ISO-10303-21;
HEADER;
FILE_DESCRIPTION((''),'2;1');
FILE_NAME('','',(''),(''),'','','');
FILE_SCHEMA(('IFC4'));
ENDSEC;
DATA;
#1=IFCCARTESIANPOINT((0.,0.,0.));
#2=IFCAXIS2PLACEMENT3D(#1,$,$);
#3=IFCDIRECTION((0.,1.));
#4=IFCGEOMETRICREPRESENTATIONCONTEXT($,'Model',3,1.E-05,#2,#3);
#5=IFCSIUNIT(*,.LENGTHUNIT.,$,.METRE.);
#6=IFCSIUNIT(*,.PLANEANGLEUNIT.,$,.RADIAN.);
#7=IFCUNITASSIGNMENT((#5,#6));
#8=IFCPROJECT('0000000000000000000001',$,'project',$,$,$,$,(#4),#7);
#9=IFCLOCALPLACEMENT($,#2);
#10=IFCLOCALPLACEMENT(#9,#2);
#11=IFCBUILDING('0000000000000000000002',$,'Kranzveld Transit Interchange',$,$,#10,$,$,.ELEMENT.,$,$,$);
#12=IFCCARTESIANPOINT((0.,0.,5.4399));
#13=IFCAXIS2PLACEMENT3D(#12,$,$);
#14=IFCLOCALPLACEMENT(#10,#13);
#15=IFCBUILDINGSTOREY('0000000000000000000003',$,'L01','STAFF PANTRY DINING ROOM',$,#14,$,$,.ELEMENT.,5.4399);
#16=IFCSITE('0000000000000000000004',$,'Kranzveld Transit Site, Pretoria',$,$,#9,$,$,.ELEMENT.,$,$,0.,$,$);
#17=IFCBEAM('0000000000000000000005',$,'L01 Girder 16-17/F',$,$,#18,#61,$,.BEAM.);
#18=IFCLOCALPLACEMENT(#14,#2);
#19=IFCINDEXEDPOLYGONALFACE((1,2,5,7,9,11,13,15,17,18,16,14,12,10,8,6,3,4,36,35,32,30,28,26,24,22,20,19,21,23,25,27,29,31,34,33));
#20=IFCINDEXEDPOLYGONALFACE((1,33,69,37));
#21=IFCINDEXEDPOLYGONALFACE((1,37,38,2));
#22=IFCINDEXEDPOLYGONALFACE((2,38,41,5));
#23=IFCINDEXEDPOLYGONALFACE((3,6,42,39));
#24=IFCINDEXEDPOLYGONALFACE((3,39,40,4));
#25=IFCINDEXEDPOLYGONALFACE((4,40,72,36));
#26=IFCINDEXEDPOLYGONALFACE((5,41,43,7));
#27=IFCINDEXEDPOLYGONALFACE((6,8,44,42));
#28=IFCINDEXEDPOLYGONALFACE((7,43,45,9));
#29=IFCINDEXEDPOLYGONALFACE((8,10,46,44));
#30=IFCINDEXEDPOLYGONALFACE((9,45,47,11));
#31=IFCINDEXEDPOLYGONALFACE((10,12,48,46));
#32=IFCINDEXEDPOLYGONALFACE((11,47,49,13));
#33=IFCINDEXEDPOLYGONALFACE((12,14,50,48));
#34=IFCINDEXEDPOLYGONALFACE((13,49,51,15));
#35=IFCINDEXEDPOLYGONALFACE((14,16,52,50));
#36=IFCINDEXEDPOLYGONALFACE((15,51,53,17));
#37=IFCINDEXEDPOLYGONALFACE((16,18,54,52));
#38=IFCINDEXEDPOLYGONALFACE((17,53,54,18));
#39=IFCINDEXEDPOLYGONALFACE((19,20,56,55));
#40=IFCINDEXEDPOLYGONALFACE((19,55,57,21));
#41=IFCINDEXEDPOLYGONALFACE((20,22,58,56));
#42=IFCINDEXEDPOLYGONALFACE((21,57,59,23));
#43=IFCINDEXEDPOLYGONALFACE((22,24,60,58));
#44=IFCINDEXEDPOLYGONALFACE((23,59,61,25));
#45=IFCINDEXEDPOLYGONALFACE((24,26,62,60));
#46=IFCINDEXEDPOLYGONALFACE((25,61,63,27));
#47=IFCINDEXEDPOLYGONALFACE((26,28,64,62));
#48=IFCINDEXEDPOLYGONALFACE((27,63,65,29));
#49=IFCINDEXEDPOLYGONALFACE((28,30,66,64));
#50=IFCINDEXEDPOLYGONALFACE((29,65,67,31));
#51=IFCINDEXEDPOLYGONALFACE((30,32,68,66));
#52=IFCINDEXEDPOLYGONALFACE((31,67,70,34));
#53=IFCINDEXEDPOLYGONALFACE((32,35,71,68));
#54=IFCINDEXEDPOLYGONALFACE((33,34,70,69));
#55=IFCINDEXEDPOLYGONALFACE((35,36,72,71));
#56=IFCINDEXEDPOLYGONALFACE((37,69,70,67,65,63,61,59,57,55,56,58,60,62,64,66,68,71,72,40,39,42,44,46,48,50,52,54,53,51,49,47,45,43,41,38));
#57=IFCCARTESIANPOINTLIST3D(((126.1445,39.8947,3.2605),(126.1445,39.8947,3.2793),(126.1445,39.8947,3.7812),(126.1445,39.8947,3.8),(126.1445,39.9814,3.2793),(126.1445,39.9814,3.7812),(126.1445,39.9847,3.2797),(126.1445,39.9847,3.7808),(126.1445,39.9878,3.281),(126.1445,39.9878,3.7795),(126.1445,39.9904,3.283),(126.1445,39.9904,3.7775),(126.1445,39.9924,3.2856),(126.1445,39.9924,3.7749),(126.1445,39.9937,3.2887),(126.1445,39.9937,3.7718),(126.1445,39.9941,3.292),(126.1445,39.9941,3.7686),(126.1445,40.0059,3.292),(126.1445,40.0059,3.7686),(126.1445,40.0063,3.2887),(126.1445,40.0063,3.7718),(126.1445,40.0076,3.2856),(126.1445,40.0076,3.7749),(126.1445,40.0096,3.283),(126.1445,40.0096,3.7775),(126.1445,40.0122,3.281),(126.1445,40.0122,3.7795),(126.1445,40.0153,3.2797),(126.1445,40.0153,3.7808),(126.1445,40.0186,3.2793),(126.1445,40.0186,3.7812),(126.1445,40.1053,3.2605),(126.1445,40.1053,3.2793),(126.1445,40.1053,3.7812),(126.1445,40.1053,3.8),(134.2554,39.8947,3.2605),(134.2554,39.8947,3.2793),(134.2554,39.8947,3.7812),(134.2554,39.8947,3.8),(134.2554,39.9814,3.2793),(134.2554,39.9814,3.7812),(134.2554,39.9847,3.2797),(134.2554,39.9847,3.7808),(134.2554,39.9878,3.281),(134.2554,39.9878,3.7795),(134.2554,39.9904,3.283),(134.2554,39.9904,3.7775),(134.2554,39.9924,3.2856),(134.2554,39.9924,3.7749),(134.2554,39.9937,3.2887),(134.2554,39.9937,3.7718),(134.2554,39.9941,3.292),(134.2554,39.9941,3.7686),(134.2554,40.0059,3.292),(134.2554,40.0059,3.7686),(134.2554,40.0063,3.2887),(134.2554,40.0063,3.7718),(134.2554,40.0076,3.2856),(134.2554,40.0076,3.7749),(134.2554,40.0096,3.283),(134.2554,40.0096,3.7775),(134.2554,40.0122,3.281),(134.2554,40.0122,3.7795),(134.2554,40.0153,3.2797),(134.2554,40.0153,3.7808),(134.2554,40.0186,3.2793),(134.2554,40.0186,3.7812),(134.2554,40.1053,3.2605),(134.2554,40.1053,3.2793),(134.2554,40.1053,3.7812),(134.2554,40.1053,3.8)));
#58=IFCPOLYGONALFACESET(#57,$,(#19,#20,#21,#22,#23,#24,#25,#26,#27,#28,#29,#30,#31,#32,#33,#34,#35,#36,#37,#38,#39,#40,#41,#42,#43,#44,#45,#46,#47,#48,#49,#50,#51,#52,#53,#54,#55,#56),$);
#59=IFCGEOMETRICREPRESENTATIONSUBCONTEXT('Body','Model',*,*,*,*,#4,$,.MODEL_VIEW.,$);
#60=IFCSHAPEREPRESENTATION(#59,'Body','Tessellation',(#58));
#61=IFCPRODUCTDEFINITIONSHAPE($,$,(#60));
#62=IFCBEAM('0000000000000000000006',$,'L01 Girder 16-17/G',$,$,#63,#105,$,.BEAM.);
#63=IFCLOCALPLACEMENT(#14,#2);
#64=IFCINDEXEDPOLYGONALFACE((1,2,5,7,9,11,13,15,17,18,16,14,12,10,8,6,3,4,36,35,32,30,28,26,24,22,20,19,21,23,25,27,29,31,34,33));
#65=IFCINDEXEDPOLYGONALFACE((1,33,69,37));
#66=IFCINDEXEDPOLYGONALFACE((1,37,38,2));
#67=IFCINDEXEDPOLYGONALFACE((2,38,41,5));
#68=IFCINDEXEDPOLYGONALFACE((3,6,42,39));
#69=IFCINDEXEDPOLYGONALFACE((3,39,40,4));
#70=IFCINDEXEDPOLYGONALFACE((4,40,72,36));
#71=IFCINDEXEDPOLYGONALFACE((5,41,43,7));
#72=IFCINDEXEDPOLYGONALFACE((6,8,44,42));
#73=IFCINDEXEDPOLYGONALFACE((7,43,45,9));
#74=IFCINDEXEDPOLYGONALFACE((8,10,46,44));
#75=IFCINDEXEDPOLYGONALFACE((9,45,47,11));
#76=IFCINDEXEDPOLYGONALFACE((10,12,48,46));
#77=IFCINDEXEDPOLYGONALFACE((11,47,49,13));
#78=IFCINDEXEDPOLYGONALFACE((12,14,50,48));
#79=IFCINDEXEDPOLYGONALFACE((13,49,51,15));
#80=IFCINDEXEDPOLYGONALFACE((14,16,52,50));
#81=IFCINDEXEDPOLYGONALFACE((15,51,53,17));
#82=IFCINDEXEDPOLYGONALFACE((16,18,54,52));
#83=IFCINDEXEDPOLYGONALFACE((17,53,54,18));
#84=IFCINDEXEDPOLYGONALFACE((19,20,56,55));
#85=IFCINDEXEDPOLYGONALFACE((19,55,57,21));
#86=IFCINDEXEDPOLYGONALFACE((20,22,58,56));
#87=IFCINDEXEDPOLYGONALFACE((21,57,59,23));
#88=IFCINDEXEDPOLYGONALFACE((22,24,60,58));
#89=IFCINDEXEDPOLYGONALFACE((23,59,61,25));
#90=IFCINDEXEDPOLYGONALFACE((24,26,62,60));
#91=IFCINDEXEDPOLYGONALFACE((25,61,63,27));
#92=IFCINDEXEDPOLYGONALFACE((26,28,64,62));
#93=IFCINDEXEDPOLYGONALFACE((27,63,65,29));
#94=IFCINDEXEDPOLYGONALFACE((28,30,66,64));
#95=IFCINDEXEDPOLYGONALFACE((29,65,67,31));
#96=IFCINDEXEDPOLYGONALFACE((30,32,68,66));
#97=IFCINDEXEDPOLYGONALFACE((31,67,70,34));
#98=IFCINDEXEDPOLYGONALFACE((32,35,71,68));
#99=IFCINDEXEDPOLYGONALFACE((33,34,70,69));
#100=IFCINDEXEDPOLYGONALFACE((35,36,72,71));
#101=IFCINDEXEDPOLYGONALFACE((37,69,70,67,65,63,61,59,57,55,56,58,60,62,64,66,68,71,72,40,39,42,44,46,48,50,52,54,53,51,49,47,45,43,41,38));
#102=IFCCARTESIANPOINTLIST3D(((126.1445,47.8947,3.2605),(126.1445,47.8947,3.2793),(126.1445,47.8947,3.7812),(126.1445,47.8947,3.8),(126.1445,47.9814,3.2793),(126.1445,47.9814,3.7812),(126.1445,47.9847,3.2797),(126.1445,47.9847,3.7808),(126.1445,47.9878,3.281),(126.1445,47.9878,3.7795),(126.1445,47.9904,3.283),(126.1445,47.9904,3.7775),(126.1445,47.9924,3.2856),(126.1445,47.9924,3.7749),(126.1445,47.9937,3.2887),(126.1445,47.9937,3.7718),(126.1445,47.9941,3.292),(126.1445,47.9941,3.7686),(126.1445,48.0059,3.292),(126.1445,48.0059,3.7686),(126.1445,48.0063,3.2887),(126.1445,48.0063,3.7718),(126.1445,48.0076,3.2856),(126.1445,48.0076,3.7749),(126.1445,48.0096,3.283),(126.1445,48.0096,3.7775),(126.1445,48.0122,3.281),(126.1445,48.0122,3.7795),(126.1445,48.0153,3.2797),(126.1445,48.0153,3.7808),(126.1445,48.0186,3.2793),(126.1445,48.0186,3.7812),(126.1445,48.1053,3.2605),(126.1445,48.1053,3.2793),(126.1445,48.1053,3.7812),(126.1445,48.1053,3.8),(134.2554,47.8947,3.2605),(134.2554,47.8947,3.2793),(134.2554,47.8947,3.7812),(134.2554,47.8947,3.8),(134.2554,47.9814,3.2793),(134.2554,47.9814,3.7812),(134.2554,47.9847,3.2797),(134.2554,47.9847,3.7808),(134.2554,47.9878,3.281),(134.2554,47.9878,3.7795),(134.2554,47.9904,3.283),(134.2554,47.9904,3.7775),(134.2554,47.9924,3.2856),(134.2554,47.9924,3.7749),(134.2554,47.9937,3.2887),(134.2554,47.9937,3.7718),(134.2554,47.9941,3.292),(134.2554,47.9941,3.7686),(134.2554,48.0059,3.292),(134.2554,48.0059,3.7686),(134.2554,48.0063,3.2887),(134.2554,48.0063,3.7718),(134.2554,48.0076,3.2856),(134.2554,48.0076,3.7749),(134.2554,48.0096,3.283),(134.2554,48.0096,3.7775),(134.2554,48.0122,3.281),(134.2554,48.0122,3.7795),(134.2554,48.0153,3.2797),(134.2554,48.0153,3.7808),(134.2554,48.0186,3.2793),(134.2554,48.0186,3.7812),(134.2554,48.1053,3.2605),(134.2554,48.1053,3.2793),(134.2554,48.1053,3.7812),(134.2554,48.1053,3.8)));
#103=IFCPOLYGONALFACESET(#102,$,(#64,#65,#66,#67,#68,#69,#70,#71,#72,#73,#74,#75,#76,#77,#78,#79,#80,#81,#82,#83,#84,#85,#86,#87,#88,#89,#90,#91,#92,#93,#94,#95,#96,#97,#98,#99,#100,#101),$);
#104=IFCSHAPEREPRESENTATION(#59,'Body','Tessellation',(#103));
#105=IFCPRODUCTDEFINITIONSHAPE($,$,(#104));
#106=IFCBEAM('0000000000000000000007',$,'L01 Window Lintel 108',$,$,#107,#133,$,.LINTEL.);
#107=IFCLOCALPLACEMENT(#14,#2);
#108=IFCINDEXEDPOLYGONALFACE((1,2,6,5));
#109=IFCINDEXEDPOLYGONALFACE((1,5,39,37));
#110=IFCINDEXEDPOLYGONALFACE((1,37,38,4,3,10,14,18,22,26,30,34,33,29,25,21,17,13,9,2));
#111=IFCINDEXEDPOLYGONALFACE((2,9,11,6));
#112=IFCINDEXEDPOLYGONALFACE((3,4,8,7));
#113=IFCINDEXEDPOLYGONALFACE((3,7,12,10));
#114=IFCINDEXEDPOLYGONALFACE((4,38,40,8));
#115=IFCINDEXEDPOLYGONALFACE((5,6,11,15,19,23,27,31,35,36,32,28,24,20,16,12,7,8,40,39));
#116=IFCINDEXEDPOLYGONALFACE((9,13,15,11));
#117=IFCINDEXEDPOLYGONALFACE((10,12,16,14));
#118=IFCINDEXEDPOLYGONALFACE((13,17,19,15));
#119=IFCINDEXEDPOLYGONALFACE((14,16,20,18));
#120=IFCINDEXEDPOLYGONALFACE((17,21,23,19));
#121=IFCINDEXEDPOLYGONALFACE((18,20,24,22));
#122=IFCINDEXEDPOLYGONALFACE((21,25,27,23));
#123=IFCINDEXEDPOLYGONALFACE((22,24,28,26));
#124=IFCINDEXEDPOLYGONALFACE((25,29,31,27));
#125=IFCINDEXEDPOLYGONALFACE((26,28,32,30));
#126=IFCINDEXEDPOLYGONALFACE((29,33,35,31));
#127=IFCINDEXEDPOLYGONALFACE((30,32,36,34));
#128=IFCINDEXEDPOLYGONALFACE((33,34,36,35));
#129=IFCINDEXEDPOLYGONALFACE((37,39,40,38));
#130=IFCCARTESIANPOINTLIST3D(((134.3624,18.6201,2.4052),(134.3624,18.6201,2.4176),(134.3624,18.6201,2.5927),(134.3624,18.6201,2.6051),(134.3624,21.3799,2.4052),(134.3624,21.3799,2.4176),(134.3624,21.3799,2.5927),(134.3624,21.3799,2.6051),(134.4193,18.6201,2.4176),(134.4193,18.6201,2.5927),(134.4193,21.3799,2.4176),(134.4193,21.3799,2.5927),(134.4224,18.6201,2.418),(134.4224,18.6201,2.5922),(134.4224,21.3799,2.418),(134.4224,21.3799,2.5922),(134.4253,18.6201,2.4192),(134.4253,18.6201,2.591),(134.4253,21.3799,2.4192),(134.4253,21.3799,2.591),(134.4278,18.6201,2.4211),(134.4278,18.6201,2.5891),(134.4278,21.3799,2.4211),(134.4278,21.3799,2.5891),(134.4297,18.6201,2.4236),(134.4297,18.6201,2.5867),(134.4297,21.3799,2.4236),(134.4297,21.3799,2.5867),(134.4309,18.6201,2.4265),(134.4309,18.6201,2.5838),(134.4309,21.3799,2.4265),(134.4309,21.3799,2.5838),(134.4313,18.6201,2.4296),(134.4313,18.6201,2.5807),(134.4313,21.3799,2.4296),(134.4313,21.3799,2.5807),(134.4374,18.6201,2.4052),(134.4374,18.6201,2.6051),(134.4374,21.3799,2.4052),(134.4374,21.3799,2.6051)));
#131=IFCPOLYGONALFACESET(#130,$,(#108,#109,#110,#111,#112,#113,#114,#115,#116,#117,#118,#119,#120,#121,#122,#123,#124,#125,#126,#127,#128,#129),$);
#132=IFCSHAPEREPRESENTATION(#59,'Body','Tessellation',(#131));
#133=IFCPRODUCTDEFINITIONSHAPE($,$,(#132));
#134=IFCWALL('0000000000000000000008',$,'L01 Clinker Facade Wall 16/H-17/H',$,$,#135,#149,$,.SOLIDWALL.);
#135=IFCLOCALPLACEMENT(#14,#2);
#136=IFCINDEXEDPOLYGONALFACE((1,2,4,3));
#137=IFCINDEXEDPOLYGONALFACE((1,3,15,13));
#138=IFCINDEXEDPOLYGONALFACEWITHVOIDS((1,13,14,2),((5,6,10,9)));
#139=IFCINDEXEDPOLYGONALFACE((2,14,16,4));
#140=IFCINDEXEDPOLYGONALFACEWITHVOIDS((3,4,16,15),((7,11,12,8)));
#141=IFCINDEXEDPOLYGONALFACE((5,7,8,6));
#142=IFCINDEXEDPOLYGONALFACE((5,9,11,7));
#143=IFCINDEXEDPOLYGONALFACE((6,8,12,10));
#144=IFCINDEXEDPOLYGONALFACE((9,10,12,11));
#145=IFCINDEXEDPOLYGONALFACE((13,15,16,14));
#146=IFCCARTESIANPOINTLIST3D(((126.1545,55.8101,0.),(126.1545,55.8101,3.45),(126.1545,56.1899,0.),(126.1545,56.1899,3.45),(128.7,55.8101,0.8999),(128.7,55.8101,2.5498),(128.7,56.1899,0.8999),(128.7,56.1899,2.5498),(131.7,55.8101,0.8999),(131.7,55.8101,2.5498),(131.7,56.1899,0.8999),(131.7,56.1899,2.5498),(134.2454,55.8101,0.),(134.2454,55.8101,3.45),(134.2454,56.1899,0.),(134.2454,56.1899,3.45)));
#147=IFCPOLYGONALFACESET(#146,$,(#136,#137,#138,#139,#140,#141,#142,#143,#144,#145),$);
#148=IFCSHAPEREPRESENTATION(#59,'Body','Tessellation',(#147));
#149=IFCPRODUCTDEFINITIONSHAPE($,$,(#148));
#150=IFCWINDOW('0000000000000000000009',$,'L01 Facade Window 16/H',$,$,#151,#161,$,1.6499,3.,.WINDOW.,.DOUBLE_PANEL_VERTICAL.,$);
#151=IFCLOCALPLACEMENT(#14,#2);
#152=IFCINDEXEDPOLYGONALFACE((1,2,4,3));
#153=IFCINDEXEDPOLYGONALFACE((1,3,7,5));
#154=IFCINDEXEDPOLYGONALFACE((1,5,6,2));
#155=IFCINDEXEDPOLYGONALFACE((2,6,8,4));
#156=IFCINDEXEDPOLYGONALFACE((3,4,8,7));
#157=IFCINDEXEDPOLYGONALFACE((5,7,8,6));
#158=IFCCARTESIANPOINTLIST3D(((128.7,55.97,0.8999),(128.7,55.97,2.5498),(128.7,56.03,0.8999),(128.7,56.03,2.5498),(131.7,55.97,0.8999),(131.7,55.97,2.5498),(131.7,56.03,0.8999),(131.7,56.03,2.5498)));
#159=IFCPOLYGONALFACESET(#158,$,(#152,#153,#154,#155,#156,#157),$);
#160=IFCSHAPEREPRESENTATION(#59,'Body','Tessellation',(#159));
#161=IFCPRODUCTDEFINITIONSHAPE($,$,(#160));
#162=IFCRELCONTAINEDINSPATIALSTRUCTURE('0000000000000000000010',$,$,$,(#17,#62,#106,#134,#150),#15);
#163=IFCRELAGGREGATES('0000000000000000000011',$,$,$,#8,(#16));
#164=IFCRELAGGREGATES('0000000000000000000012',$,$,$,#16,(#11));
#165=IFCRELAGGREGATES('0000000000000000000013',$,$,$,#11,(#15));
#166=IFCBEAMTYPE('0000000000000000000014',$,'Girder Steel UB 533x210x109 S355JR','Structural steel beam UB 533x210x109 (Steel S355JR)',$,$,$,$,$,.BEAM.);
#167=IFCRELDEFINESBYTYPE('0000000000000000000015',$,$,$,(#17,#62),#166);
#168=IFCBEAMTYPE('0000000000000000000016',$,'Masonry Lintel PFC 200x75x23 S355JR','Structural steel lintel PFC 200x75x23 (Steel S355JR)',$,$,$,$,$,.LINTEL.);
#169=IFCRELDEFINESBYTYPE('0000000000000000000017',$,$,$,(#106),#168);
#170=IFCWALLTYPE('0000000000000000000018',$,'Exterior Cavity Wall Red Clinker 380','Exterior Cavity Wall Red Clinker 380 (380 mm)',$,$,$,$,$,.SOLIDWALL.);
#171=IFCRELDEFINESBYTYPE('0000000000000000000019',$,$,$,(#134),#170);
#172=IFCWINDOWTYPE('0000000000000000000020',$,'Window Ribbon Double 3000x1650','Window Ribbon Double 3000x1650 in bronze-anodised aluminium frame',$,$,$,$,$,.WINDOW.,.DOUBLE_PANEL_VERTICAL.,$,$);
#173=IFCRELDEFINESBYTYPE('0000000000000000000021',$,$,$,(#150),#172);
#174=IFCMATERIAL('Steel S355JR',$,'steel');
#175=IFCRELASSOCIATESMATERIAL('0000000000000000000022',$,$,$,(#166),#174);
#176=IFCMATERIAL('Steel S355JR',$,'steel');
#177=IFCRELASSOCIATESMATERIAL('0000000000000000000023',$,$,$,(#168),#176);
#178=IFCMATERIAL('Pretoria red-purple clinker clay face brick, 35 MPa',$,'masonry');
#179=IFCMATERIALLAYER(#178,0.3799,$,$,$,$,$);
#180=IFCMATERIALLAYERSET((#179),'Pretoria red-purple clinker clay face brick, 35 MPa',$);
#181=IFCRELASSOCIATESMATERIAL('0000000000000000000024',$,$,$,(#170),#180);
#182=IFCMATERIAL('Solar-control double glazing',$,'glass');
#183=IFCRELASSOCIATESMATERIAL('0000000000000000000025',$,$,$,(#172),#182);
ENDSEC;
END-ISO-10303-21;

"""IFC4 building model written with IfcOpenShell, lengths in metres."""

from ifc_helpers import new_model, si_unit, direction, frame, frame_2d, origin, origin_2d, place, context, subcontext, project, spatial, rectangle, i_section, u_section, extrude, material, layer, layer_set, material_profile, profile_set, type_object, element, fill, save


model = new_model("IFC4")

# Units and contexts
model_context = context("Model", 3, precision=1e-05, world=origin(), true_north=direction((0.0, 1.0)))
body_context = subcontext(model_context, "Body", "Model", "MODEL_VIEW")
ifc_project = project(units=[si_unit("LENGTHUNIT", "METRE"), si_unit("PLANEANGLEUNIT", "RADIAN")], contexts=[model_context])

# Site, building, storey
site_placement = place(None, origin())
site = spatial("IfcSite", under=ifc_project, at=site_placement, Name="Kranzveld Transit Site, Pretoria", CompositionType="ELEMENT", RefElevation=0.0)
building_placement = place(site_placement, origin())
building = spatial("IfcBuilding", under=site, at=building_placement, Name="Kranzveld Transit Interchange", CompositionType="ELEMENT")
storey_placement = place(building_placement, frame((0.0, 0.0, 5.4399)))
storey = spatial("IfcBuildingStorey", under=building, at=storey_placement, Name="L01", Description="STAFF PANTRY DINING ROOM", CompositionType="ELEMENT", Elevation=5.4399)

# Beams
ifc_material_1 = material(Name="Steel S355JR", Category="steel")
ifc_material_profile_1 = material_profile(ifc_material_1, i_section(OverallWidth=0.2107, OverallDepth=0.5396, WebThickness=0.0117, FlangeThickness=0.0188, FilletRadius=0.0127, at=origin_2d()), Name="UB 533x210x109")
ifc_profile_set_1 = profile_set([ifc_material_profile_1], Name="Steel S355JR")
beam_type_1 = type_object("IfcBeamType", Name="Girder Steel UB 533x210x109 S355JR", Description="Structural steel beam UB 533x210x109 (Steel S355JR)", PredefinedType="BEAM", material=ifc_profile_set_1)
for number, where, z_axis, x_axis, name in (
    (1, (126.1445, 40.0, 3.5303), (1.0, 0.0, 0.0), (0.0, 1.0, 0.0), "L01 Girder 16-17/F"),
    (2, (126.1445, 48.0, 3.5303), (1.0, 0.0, 0.0), (0.0, 1.0, 0.0), "L01 Girder 16-17/G"),
):
    element("IfcBeam", number, at=place(storey_placement, frame(where, z_axis=z_axis, x_axis=x_axis)), inside=storey, type_object=beam_type_1, Name=name, PredefinedType="BEAM", context=body_context, shape_type="SweptSolid", body=[
        extrude(i_section(OverallWidth=0.2107, OverallDepth=0.5396, WebThickness=0.0117, FlangeThickness=0.0188, FilletRadius=0.0127, at=origin_2d()), origin(), (0.0, 0.0, 1.0), 8.1108),
    ])
ifc_material_2 = material(Name="Steel S355JR", Category="steel")
ifc_material_profile_2 = material_profile(ifc_material_2, u_section(Depth=0.2, FlangeWidth=0.075, WebThickness=0.0061, FlangeThickness=0.0125, FilletRadius=0.012, at=origin_2d()), Name="PFC 200x75x23")
ifc_profile_set_2 = profile_set([ifc_material_profile_2], Name="Steel S355JR")
beam_type_2 = type_object("IfcBeamType", Name="Masonry Lintel PFC 200x75x23 S355JR", Description="Structural steel lintel PFC 200x75x23 (Steel S355JR)", PredefinedType="LINTEL", material=ifc_profile_set_2)
beam_1_placement = place(storey_placement, frame((134.3999, 18.6201, 2.5051), z_axis=(0.0, 1.0, 0.0), x_axis=(-1.0, 0.0, 0.0)))
element("IfcBeam", 3, at=beam_1_placement, inside=storey, type_object=beam_type_2, Name="L01 Window Lintel 108", PredefinedType="LINTEL", context=body_context, shape_type="SweptSolid", body=[
    extrude(u_section(Depth=0.2, FlangeWidth=0.075, WebThickness=0.0061, FlangeThickness=0.0125, FilletRadius=0.012, at=origin_2d()), origin(), (0.0, 0.0, 1.0), 2.7598),
])

# Wall, opening, window
ifc_material_3 = material(Name="Pretoria red-purple clinker clay face brick, 35 MPa", Category="masonry")
ifc_layer_1 = layer(ifc_material_3, 0.3799)
ifc_layer_set_1 = layer_set([ifc_layer_1], Name="Pretoria red-purple clinker clay face brick, 35 MPa")
wall_type_1 = type_object("IfcWallType", Name="Exterior Cavity Wall Red Clinker 380", Description="Exterior Cavity Wall Red Clinker 380 (380 mm)", PredefinedType="SOLIDWALL", material=ifc_layer_set_1)
wall_1_placement = place(storey_placement, frame((126.1545, 56.0, 0.0), z_axis=(0.0, 0.0, 1.0), x_axis=(1.0, 0.0, 0.0)))
wall_1 = element("IfcWall", 4, at=wall_1_placement, inside=storey, type_object=wall_type_1, Name="L01 Clinker Facade Wall 16/H-17/H", PredefinedType="SOLIDWALL", context=body_context, shape_type="SweptSolid", body=[
    extrude(rectangle(XDim=8.0908, YDim=0.3799, at=frame_2d((4.0454, 0.0))), origin(), (0.0, 0.0, 1.0), 3.45),
])
opening_1_placement = place(wall_1_placement, frame((2.5454, 0.0, 0.8999), z_axis=(0.0, 0.0, 1.0), x_axis=(1.0, 0.0, 0.0)))
opening_1 = element("IfcOpeningElement", 5, at=opening_1_placement, cuts=wall_1, PredefinedType="OPENING", context=body_context, shape_type="SweptSolid", body=[
    extrude(rectangle(XDim=3.0, YDim=1.6499, at=frame_2d((1.5, 0.825))), frame((0.0, 0.2, 0.0), z_axis=(0.0, -1.0, 0.0), x_axis=(1.0, 0.0, 0.0)), (0.0, 0.0, 1.0), 0.3999),
])
ifc_material_4 = material(Name="Solar-control double glazing", Category="glass")
window_type_1 = type_object("IfcWindowType", Name="Window Ribbon Double 3000x1650", Description="Window Ribbon Double 3000x1650 in bronze-anodised aluminium frame", PartitioningType="DOUBLE_PANEL_VERTICAL", PredefinedType="WINDOW", material=ifc_material_4)
window_1_placement = place(opening_1_placement, origin())
window_1 = element("IfcWindow", 6, at=window_1_placement, inside=storey, type_object=window_type_1, Name="L01 Facade Window 16/H", OverallHeight=1.6499, OverallWidth=3.0, PartitioningType="DOUBLE_PANEL_VERTICAL", PredefinedType="WINDOW", context=body_context, shape_type="SweptSolid", body=[
    extrude(rectangle(XDim=3.0, YDim=1.6499, at=frame_2d((1.5, 0.825))), frame((0.0, 0.03, 0.0), z_axis=(0.0, -1.0, 0.0), x_axis=(1.0, 0.0, 0.0)), (0.0, 0.0, 1.0), 0.0601),
])
fill(opening_1, window_1)

save(model, "model.ifc")
